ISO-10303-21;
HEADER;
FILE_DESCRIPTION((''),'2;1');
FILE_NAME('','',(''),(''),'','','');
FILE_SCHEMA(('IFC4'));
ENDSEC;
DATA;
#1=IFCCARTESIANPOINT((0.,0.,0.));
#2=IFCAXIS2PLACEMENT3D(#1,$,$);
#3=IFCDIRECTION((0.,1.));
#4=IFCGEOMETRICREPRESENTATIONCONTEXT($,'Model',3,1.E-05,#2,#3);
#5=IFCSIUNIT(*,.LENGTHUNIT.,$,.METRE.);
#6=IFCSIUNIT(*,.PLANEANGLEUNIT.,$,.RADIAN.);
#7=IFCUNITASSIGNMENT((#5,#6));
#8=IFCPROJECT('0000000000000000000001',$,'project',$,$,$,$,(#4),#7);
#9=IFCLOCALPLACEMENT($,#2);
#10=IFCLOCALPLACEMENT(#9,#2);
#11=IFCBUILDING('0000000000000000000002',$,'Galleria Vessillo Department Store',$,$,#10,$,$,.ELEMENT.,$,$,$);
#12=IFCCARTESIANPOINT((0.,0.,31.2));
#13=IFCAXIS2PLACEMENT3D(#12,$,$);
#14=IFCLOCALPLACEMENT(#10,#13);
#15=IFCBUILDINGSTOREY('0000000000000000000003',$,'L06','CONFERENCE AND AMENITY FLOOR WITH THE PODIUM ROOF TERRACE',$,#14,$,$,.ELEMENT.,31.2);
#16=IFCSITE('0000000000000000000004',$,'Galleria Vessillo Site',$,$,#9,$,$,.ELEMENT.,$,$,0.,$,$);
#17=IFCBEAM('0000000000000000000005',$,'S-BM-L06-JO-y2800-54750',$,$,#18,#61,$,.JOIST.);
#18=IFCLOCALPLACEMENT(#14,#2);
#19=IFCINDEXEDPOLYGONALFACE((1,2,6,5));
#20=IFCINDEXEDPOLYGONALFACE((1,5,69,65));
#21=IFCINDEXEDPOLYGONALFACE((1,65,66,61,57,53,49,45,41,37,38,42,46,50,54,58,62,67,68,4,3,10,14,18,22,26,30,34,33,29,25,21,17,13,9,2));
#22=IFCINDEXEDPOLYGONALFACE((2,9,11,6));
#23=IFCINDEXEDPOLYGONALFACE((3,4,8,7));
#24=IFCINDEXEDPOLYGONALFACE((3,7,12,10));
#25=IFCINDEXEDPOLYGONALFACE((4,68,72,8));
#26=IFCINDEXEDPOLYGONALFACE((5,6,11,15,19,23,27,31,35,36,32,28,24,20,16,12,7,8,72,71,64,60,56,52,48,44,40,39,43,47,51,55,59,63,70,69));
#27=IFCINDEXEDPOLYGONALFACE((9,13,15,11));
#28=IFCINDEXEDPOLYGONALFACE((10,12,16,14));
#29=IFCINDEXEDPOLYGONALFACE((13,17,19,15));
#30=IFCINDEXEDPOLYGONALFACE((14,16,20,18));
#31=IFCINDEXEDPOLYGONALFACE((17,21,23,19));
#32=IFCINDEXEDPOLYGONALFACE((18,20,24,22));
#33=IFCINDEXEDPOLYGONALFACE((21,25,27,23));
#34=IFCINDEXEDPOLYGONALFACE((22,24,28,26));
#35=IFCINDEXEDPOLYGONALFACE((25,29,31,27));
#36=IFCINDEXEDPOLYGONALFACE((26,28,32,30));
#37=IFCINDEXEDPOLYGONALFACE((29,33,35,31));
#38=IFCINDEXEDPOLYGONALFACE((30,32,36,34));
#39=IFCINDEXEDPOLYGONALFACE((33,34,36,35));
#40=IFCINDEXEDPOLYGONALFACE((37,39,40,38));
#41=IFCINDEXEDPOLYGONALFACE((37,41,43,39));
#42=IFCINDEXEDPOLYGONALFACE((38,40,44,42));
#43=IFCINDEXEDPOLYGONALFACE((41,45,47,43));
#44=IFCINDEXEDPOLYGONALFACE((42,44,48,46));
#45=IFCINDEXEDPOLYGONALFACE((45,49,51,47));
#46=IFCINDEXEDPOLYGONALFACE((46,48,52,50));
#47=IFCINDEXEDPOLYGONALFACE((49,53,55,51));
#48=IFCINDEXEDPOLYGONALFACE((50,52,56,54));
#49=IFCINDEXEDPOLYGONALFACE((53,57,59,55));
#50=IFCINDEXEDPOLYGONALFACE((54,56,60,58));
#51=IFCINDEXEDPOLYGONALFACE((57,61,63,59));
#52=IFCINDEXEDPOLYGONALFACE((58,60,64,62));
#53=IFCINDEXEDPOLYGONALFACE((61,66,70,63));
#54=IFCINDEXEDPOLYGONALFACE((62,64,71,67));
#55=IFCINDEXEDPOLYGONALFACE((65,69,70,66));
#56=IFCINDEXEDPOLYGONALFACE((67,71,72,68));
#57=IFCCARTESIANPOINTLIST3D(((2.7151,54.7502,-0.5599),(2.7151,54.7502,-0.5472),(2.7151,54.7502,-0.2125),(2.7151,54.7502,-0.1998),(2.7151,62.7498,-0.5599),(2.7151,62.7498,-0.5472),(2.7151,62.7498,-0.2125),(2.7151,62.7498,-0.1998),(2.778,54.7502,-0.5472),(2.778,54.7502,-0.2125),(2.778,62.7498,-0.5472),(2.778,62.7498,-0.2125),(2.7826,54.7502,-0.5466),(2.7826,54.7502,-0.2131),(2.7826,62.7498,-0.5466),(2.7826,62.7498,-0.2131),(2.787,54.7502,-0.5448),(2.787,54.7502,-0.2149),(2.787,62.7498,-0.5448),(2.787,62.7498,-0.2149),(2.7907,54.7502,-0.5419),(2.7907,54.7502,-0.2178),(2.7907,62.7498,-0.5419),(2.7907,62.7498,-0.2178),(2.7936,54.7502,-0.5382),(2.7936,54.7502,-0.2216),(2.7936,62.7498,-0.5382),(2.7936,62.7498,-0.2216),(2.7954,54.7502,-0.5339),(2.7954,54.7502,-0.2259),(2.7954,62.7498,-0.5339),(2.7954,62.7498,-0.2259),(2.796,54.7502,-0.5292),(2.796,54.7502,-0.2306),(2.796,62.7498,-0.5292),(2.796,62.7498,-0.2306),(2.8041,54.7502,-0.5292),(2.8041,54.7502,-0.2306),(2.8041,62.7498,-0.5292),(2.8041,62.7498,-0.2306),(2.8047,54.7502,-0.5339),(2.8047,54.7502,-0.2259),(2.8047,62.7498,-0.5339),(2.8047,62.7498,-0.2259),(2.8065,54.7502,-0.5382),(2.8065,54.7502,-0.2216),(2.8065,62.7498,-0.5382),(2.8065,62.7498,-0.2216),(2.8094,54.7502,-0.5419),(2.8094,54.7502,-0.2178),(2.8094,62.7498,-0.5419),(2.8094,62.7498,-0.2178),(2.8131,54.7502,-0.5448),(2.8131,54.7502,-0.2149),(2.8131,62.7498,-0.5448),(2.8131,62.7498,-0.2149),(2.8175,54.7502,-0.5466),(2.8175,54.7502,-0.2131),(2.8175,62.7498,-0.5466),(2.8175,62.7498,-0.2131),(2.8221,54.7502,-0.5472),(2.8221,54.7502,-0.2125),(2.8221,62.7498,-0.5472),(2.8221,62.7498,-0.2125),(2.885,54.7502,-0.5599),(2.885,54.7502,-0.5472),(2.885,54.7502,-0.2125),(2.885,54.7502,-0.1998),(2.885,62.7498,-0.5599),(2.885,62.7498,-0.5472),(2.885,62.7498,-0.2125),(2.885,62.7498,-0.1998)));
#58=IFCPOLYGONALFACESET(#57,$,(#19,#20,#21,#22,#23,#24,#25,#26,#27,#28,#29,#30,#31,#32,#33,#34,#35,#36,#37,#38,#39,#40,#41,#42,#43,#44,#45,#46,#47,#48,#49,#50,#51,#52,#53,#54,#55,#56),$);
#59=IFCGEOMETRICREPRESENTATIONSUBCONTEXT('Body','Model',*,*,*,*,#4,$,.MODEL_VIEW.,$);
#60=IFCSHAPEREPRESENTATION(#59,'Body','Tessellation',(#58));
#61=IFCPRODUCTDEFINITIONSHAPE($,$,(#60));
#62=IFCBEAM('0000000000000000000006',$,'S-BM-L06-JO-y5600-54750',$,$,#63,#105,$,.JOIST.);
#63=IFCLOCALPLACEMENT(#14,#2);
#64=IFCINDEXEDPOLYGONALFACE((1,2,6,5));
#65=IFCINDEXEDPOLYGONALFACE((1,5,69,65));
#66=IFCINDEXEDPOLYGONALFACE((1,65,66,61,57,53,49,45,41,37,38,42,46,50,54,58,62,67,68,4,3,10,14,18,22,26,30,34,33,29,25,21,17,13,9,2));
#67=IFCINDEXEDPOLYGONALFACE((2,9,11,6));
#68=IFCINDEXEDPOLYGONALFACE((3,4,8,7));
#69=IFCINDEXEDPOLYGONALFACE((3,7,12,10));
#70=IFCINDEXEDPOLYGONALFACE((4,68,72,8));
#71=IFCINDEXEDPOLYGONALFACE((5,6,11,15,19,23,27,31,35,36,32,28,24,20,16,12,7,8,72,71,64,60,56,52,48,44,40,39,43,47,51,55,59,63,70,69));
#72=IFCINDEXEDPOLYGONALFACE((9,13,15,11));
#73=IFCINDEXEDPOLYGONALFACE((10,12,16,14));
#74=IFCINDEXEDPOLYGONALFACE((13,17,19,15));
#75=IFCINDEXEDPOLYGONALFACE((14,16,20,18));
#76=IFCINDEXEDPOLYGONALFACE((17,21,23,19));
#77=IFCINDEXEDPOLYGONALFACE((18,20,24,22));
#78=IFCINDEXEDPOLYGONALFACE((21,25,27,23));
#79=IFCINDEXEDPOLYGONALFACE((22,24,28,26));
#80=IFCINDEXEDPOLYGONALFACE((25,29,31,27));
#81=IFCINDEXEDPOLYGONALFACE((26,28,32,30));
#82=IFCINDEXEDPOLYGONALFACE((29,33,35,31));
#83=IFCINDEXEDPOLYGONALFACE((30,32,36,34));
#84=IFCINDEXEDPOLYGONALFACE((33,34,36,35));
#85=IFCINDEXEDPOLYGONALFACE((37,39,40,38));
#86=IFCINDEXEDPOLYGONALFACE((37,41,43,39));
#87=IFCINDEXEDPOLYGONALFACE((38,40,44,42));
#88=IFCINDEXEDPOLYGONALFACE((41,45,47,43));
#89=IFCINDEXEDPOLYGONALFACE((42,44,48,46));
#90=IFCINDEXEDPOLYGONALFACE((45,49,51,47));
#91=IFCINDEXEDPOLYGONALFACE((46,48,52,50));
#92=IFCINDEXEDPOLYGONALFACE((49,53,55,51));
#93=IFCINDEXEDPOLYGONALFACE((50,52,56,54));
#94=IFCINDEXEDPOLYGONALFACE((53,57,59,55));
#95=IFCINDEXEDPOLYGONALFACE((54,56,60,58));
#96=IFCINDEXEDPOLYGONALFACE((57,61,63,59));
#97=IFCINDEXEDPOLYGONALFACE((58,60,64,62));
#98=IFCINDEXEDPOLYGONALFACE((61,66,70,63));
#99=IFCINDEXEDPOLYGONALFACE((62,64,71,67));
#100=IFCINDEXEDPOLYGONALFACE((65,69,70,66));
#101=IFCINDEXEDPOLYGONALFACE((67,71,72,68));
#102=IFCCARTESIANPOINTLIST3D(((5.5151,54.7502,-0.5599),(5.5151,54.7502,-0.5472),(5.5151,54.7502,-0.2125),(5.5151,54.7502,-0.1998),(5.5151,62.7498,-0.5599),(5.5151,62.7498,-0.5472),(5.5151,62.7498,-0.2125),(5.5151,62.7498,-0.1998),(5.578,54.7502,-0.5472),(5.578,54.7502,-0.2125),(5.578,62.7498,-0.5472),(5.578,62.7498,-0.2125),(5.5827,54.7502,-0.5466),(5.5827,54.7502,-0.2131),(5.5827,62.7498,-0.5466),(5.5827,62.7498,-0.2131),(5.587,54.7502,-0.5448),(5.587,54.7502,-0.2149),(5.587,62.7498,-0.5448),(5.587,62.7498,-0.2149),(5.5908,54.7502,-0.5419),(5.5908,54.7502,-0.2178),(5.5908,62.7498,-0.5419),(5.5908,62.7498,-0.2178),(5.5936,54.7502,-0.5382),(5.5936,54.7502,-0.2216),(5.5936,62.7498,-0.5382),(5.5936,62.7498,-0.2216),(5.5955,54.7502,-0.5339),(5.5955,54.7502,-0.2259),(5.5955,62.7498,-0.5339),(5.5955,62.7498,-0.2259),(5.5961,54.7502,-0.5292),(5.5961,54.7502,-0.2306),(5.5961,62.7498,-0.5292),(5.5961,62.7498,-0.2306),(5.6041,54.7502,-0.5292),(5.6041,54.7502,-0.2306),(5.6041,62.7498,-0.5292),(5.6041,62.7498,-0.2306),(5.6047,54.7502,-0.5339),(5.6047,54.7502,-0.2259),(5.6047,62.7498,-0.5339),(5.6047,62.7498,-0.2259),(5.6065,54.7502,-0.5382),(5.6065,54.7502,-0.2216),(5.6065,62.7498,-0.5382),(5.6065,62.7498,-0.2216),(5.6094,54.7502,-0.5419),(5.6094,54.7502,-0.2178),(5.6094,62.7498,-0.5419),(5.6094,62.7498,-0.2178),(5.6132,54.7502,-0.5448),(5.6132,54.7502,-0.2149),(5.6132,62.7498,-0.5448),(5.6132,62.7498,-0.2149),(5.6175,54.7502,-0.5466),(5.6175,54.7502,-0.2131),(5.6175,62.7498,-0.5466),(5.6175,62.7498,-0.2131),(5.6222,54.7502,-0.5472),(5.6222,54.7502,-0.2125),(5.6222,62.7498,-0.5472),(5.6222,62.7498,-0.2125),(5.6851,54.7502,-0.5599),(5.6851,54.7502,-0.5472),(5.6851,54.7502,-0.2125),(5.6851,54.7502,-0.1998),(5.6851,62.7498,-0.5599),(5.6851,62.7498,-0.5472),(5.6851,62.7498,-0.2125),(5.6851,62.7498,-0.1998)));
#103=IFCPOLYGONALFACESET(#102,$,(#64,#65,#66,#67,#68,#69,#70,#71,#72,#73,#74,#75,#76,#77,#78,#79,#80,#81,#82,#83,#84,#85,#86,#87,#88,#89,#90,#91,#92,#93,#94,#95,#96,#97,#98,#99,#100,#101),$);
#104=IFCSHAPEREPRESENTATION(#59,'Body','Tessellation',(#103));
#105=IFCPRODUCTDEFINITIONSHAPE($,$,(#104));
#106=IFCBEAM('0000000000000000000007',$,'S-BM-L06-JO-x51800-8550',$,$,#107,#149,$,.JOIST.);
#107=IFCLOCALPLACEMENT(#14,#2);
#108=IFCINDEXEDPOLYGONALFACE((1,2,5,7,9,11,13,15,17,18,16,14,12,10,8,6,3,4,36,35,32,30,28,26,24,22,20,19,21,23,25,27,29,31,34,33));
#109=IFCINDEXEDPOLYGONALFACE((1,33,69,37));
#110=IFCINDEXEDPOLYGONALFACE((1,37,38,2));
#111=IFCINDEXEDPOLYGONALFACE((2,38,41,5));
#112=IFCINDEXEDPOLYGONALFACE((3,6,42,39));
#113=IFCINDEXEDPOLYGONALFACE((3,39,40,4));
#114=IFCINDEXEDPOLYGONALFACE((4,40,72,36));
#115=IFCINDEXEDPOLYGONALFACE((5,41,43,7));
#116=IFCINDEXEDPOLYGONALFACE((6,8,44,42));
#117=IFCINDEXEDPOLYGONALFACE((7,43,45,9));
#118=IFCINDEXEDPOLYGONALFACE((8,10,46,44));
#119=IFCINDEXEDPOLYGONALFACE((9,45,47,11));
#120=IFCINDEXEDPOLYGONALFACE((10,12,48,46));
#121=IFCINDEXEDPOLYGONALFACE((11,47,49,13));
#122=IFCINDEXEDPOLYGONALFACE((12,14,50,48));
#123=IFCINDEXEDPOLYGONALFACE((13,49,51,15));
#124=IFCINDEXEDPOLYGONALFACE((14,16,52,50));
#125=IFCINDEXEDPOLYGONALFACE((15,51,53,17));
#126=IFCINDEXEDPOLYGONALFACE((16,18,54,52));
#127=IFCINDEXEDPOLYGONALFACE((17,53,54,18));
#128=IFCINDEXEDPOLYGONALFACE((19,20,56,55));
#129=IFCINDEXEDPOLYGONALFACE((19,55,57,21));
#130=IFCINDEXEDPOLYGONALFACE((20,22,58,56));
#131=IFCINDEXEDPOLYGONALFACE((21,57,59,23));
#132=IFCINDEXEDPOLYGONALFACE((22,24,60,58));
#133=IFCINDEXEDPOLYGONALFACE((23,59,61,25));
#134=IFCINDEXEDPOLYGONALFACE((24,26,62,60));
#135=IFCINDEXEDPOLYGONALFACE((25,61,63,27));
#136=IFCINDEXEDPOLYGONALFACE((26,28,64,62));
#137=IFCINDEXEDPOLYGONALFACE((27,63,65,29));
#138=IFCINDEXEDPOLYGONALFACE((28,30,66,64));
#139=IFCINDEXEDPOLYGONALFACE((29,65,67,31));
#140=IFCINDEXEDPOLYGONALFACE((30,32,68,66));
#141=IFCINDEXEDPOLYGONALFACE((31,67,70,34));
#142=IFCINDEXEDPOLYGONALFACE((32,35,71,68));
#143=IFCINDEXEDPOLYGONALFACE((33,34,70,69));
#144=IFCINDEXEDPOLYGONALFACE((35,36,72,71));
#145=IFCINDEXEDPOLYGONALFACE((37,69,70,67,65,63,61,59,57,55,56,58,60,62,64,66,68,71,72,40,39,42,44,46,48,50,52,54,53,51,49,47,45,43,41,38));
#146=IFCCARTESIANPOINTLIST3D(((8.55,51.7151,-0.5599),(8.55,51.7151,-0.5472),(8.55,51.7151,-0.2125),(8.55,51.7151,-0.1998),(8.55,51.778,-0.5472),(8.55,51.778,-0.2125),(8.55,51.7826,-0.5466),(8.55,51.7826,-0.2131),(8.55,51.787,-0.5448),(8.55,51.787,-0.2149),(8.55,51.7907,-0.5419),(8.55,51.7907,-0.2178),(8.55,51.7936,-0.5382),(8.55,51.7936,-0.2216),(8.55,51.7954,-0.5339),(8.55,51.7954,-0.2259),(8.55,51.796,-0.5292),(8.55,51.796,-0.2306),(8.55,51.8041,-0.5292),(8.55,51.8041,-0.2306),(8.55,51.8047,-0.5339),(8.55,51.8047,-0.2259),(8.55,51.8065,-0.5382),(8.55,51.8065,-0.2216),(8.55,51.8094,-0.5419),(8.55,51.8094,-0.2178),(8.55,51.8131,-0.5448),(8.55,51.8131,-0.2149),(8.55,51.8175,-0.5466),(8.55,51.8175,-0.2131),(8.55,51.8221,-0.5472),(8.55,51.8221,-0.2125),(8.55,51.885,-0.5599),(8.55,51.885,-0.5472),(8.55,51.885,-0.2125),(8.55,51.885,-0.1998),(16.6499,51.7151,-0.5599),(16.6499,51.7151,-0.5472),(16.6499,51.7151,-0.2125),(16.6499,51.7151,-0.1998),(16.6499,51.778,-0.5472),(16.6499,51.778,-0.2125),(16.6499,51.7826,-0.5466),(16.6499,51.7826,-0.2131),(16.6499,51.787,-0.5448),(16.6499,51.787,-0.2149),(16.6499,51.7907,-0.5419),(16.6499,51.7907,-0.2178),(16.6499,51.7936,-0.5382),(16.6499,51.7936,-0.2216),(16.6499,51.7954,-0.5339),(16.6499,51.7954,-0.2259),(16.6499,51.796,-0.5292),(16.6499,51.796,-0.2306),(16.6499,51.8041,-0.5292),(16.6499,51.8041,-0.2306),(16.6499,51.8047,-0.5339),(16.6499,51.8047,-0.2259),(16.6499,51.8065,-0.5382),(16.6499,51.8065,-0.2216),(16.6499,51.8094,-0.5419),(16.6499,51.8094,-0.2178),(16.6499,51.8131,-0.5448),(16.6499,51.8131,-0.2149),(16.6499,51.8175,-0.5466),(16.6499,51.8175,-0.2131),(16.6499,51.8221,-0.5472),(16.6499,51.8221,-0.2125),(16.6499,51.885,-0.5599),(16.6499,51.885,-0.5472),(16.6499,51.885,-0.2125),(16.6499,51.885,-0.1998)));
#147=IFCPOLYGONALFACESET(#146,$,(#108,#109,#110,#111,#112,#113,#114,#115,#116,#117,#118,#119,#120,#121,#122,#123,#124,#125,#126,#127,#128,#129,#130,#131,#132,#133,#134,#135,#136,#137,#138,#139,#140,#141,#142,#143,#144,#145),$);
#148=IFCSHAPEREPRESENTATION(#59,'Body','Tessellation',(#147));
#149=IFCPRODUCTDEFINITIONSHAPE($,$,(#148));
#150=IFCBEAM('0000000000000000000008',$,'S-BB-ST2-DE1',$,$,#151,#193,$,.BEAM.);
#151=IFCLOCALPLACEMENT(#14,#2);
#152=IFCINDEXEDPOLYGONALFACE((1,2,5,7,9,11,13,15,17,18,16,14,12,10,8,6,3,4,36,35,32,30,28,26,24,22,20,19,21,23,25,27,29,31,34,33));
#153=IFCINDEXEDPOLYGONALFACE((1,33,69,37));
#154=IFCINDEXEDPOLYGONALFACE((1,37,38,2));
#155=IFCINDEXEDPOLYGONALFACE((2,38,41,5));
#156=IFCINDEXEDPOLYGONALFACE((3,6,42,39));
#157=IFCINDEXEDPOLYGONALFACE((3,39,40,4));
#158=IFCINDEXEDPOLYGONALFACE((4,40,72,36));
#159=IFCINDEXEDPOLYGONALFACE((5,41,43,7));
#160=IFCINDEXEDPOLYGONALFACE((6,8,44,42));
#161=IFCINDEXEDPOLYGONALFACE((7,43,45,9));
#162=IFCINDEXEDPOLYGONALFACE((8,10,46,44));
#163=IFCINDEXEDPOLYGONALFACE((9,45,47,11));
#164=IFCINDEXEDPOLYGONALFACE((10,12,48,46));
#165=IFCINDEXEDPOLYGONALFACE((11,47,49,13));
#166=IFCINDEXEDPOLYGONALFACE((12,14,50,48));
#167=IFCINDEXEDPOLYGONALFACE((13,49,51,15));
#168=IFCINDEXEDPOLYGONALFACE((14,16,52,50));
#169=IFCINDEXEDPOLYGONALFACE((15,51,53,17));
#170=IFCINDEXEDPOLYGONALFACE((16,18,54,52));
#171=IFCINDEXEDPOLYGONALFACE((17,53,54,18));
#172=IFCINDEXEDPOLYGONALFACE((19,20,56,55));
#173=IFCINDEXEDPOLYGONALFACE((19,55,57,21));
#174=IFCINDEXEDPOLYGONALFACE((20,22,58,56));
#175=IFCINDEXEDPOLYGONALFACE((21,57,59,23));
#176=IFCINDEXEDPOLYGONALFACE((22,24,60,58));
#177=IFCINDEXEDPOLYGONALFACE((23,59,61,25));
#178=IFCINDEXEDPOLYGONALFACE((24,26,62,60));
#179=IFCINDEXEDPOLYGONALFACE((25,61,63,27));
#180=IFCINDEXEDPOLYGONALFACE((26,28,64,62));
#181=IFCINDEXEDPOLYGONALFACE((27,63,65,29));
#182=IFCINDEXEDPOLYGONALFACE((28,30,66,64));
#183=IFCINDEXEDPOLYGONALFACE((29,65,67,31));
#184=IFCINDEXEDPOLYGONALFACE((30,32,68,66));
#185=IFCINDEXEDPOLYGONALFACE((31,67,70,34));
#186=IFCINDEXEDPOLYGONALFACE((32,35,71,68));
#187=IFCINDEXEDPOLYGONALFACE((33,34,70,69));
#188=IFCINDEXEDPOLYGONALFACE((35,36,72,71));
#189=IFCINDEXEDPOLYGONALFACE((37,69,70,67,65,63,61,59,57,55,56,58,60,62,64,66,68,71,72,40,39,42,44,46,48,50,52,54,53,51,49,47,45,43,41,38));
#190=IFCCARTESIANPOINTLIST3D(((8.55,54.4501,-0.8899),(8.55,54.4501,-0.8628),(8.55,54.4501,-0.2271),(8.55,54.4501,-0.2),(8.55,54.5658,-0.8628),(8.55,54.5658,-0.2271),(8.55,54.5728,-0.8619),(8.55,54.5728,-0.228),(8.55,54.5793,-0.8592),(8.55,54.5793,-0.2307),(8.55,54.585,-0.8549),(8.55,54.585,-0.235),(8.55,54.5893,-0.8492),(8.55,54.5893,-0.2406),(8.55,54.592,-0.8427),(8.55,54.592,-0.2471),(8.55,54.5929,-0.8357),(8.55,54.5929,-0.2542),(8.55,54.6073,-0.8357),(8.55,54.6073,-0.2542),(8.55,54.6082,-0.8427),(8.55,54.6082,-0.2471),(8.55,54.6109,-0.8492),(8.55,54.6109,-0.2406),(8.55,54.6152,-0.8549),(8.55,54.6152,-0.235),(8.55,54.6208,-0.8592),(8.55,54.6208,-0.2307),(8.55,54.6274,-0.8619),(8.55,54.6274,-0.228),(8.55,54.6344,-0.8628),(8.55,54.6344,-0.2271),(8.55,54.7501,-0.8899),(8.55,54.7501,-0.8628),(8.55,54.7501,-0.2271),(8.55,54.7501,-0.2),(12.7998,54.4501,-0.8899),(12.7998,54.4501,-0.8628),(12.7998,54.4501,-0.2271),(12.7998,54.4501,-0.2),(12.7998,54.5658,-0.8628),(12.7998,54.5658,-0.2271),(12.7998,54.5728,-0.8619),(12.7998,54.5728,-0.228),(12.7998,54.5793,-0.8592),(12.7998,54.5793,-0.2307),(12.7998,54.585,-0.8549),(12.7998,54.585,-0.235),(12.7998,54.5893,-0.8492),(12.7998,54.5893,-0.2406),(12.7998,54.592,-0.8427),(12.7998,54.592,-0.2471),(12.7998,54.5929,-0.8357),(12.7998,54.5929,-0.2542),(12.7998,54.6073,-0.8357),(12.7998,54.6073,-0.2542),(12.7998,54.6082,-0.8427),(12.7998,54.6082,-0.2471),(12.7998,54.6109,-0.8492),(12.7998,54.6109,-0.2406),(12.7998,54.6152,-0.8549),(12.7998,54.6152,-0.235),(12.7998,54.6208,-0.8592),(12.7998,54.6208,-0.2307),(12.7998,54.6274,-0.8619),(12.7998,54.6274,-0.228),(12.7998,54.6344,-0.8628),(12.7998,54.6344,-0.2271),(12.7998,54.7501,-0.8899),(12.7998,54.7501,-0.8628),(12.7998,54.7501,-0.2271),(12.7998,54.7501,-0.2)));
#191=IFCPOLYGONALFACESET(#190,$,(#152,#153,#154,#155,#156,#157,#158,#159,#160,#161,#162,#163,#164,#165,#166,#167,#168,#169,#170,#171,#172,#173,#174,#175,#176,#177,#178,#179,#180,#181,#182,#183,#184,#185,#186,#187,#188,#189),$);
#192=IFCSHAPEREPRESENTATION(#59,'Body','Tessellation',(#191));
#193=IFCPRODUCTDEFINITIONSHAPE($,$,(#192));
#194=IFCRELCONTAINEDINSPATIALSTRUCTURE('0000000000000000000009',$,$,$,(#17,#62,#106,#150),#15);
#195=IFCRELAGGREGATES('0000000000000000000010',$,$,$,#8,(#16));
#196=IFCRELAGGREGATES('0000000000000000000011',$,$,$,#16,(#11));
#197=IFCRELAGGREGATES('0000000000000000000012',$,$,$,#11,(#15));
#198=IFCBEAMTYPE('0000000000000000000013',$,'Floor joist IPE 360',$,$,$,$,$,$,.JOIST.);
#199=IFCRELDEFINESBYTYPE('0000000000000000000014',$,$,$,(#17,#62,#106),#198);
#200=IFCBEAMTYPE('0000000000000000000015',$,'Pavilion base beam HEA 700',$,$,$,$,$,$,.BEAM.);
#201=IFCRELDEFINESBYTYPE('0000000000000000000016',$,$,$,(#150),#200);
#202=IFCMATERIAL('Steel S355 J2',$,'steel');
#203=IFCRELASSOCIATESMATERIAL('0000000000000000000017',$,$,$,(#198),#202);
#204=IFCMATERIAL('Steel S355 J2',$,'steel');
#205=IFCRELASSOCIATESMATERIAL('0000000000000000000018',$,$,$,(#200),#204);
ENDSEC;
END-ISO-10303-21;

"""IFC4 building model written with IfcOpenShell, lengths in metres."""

from ifc_helpers import new_model, si_unit, direction, frame, origin, origin_2d, place, context, subcontext, project, spatial, i_section, extrude, material, material_profile, profile_set, type_object, element, save


model = new_model("IFC4")

# Units and contexts
model_context = context("Model", 3, precision=1e-05, world=origin(), true_north=direction((0.0, 1.0)))
body_context = subcontext(model_context, "Body", "Model", "MODEL_VIEW")
ifc_project = project(units=[si_unit("LENGTHUNIT", "METRE"), si_unit("PLANEANGLEUNIT", "RADIAN")], contexts=[model_context])

# Site, building, storey
site_placement = place(None, origin())
site = spatial("IfcSite", under=ifc_project, at=site_placement, Name="Galleria Vessillo Site", CompositionType="ELEMENT", RefElevation=0.0)
building_placement = place(site_placement, origin())
building = spatial("IfcBuilding", under=site, at=building_placement, Name="Galleria Vessillo Department Store", CompositionType="ELEMENT")
storey_placement = place(building_placement, frame((0.0, 0.0, 31.2)))
storey = spatial("IfcBuildingStorey", under=building, at=storey_placement, Name="L06", Description="CONFERENCE AND AMENITY FLOOR WITH THE PODIUM ROOF TERRACE", CompositionType="ELEMENT", Elevation=31.2)

# Beams
ifc_material_1 = material(Name="Steel S355 J2", Category="steel")
ifc_material_profile_1 = material_profile(ifc_material_1, i_section(OverallWidth=0.1699, OverallDepth=0.3601, WebThickness=0.0081, FlangeThickness=0.0127, FilletRadius=0.0181, at=origin_2d()), Name="IPE 360")
ifc_profile_set_1 = profile_set([ifc_material_profile_1], Name="Steel S355 J2")
beam_type_1 = type_object("IfcBeamType", Name="Floor joist IPE 360", PredefinedType="JOIST", material=ifc_profile_set_1)
for number, where, z_axis, x_axis, name in (
    (1, (2.8, 54.7502, -0.3799), (0.0, 1.0, 0.0), (-1.0, 0.0, 0.0), "S-BM-L06-JO-y2800-54750"),
    (2, (5.6001, 54.7502, -0.3799), (0.0, 1.0, 0.0), (-1.0, 0.0, 0.0), "S-BM-L06-JO-y5600-54750"),
):
    element("IfcBeam", number, at=place(storey_placement, frame(where, z_axis=z_axis, x_axis=x_axis)), inside=storey, type_object=beam_type_1, Name=name, PredefinedType="JOIST", context=body_context, shape_type="SweptSolid", body=[
        extrude(i_section(OverallWidth=0.1699, OverallDepth=0.3601, WebThickness=0.0081, FlangeThickness=0.0127, FilletRadius=0.0181, at=origin_2d()), origin(), (0.0, 0.0, 1.0), 7.9995),
    ])
beam_1_placement = place(storey_placement, frame((8.55, 51.8, -0.3799), z_axis=(1.0, 0.0, 0.0), x_axis=(0.0, 1.0, 0.0)))
element("IfcBeam", 3, at=beam_1_placement, inside=storey, type_object=beam_type_1, Name="S-BM-L06-JO-x51800-8550", PredefinedType="JOIST", context=body_context, shape_type="SweptSolid", body=[
    extrude(i_section(OverallWidth=0.1699, OverallDepth=0.3601, WebThickness=0.0081, FlangeThickness=0.0127, FilletRadius=0.0181, at=origin_2d()), origin(), (0.0, 0.0, 1.0), 8.0999),
])
ifc_material_2 = material(Name="Steel S355 J2", Category="steel")
ifc_material_profile_2 = material_profile(ifc_material_2, i_section(OverallWidth=0.3, OverallDepth=0.6899, WebThickness=0.0144, FlangeThickness=0.0271, FilletRadius=0.0271, at=origin_2d()), Name="HEA 700")
ifc_profile_set_2 = profile_set([ifc_material_profile_2], Name="Steel S355 J2")
beam_type_2 = type_object("IfcBeamType", Name="Pavilion base beam HEA 700", PredefinedType="BEAM", material=ifc_profile_set_2)
beam_2_placement = place(storey_placement, frame((8.55, 54.6001, -0.5449), z_axis=(1.0, 0.0, 0.0), x_axis=(0.0, 1.0, 0.0)))
element("IfcBeam", 4, at=beam_2_placement, inside=storey, type_object=beam_type_2, Name="S-BB-ST2-DE1", PredefinedType="BEAM", context=body_context, shape_type="SweptSolid", body=[
    extrude(i_section(OverallWidth=0.3, OverallDepth=0.6899, WebThickness=0.0144, FlangeThickness=0.0271, FilletRadius=0.0271, at=origin_2d()), origin(), (0.0, 0.0, 1.0), 4.2498),
])

save(model, "model.ifc")
